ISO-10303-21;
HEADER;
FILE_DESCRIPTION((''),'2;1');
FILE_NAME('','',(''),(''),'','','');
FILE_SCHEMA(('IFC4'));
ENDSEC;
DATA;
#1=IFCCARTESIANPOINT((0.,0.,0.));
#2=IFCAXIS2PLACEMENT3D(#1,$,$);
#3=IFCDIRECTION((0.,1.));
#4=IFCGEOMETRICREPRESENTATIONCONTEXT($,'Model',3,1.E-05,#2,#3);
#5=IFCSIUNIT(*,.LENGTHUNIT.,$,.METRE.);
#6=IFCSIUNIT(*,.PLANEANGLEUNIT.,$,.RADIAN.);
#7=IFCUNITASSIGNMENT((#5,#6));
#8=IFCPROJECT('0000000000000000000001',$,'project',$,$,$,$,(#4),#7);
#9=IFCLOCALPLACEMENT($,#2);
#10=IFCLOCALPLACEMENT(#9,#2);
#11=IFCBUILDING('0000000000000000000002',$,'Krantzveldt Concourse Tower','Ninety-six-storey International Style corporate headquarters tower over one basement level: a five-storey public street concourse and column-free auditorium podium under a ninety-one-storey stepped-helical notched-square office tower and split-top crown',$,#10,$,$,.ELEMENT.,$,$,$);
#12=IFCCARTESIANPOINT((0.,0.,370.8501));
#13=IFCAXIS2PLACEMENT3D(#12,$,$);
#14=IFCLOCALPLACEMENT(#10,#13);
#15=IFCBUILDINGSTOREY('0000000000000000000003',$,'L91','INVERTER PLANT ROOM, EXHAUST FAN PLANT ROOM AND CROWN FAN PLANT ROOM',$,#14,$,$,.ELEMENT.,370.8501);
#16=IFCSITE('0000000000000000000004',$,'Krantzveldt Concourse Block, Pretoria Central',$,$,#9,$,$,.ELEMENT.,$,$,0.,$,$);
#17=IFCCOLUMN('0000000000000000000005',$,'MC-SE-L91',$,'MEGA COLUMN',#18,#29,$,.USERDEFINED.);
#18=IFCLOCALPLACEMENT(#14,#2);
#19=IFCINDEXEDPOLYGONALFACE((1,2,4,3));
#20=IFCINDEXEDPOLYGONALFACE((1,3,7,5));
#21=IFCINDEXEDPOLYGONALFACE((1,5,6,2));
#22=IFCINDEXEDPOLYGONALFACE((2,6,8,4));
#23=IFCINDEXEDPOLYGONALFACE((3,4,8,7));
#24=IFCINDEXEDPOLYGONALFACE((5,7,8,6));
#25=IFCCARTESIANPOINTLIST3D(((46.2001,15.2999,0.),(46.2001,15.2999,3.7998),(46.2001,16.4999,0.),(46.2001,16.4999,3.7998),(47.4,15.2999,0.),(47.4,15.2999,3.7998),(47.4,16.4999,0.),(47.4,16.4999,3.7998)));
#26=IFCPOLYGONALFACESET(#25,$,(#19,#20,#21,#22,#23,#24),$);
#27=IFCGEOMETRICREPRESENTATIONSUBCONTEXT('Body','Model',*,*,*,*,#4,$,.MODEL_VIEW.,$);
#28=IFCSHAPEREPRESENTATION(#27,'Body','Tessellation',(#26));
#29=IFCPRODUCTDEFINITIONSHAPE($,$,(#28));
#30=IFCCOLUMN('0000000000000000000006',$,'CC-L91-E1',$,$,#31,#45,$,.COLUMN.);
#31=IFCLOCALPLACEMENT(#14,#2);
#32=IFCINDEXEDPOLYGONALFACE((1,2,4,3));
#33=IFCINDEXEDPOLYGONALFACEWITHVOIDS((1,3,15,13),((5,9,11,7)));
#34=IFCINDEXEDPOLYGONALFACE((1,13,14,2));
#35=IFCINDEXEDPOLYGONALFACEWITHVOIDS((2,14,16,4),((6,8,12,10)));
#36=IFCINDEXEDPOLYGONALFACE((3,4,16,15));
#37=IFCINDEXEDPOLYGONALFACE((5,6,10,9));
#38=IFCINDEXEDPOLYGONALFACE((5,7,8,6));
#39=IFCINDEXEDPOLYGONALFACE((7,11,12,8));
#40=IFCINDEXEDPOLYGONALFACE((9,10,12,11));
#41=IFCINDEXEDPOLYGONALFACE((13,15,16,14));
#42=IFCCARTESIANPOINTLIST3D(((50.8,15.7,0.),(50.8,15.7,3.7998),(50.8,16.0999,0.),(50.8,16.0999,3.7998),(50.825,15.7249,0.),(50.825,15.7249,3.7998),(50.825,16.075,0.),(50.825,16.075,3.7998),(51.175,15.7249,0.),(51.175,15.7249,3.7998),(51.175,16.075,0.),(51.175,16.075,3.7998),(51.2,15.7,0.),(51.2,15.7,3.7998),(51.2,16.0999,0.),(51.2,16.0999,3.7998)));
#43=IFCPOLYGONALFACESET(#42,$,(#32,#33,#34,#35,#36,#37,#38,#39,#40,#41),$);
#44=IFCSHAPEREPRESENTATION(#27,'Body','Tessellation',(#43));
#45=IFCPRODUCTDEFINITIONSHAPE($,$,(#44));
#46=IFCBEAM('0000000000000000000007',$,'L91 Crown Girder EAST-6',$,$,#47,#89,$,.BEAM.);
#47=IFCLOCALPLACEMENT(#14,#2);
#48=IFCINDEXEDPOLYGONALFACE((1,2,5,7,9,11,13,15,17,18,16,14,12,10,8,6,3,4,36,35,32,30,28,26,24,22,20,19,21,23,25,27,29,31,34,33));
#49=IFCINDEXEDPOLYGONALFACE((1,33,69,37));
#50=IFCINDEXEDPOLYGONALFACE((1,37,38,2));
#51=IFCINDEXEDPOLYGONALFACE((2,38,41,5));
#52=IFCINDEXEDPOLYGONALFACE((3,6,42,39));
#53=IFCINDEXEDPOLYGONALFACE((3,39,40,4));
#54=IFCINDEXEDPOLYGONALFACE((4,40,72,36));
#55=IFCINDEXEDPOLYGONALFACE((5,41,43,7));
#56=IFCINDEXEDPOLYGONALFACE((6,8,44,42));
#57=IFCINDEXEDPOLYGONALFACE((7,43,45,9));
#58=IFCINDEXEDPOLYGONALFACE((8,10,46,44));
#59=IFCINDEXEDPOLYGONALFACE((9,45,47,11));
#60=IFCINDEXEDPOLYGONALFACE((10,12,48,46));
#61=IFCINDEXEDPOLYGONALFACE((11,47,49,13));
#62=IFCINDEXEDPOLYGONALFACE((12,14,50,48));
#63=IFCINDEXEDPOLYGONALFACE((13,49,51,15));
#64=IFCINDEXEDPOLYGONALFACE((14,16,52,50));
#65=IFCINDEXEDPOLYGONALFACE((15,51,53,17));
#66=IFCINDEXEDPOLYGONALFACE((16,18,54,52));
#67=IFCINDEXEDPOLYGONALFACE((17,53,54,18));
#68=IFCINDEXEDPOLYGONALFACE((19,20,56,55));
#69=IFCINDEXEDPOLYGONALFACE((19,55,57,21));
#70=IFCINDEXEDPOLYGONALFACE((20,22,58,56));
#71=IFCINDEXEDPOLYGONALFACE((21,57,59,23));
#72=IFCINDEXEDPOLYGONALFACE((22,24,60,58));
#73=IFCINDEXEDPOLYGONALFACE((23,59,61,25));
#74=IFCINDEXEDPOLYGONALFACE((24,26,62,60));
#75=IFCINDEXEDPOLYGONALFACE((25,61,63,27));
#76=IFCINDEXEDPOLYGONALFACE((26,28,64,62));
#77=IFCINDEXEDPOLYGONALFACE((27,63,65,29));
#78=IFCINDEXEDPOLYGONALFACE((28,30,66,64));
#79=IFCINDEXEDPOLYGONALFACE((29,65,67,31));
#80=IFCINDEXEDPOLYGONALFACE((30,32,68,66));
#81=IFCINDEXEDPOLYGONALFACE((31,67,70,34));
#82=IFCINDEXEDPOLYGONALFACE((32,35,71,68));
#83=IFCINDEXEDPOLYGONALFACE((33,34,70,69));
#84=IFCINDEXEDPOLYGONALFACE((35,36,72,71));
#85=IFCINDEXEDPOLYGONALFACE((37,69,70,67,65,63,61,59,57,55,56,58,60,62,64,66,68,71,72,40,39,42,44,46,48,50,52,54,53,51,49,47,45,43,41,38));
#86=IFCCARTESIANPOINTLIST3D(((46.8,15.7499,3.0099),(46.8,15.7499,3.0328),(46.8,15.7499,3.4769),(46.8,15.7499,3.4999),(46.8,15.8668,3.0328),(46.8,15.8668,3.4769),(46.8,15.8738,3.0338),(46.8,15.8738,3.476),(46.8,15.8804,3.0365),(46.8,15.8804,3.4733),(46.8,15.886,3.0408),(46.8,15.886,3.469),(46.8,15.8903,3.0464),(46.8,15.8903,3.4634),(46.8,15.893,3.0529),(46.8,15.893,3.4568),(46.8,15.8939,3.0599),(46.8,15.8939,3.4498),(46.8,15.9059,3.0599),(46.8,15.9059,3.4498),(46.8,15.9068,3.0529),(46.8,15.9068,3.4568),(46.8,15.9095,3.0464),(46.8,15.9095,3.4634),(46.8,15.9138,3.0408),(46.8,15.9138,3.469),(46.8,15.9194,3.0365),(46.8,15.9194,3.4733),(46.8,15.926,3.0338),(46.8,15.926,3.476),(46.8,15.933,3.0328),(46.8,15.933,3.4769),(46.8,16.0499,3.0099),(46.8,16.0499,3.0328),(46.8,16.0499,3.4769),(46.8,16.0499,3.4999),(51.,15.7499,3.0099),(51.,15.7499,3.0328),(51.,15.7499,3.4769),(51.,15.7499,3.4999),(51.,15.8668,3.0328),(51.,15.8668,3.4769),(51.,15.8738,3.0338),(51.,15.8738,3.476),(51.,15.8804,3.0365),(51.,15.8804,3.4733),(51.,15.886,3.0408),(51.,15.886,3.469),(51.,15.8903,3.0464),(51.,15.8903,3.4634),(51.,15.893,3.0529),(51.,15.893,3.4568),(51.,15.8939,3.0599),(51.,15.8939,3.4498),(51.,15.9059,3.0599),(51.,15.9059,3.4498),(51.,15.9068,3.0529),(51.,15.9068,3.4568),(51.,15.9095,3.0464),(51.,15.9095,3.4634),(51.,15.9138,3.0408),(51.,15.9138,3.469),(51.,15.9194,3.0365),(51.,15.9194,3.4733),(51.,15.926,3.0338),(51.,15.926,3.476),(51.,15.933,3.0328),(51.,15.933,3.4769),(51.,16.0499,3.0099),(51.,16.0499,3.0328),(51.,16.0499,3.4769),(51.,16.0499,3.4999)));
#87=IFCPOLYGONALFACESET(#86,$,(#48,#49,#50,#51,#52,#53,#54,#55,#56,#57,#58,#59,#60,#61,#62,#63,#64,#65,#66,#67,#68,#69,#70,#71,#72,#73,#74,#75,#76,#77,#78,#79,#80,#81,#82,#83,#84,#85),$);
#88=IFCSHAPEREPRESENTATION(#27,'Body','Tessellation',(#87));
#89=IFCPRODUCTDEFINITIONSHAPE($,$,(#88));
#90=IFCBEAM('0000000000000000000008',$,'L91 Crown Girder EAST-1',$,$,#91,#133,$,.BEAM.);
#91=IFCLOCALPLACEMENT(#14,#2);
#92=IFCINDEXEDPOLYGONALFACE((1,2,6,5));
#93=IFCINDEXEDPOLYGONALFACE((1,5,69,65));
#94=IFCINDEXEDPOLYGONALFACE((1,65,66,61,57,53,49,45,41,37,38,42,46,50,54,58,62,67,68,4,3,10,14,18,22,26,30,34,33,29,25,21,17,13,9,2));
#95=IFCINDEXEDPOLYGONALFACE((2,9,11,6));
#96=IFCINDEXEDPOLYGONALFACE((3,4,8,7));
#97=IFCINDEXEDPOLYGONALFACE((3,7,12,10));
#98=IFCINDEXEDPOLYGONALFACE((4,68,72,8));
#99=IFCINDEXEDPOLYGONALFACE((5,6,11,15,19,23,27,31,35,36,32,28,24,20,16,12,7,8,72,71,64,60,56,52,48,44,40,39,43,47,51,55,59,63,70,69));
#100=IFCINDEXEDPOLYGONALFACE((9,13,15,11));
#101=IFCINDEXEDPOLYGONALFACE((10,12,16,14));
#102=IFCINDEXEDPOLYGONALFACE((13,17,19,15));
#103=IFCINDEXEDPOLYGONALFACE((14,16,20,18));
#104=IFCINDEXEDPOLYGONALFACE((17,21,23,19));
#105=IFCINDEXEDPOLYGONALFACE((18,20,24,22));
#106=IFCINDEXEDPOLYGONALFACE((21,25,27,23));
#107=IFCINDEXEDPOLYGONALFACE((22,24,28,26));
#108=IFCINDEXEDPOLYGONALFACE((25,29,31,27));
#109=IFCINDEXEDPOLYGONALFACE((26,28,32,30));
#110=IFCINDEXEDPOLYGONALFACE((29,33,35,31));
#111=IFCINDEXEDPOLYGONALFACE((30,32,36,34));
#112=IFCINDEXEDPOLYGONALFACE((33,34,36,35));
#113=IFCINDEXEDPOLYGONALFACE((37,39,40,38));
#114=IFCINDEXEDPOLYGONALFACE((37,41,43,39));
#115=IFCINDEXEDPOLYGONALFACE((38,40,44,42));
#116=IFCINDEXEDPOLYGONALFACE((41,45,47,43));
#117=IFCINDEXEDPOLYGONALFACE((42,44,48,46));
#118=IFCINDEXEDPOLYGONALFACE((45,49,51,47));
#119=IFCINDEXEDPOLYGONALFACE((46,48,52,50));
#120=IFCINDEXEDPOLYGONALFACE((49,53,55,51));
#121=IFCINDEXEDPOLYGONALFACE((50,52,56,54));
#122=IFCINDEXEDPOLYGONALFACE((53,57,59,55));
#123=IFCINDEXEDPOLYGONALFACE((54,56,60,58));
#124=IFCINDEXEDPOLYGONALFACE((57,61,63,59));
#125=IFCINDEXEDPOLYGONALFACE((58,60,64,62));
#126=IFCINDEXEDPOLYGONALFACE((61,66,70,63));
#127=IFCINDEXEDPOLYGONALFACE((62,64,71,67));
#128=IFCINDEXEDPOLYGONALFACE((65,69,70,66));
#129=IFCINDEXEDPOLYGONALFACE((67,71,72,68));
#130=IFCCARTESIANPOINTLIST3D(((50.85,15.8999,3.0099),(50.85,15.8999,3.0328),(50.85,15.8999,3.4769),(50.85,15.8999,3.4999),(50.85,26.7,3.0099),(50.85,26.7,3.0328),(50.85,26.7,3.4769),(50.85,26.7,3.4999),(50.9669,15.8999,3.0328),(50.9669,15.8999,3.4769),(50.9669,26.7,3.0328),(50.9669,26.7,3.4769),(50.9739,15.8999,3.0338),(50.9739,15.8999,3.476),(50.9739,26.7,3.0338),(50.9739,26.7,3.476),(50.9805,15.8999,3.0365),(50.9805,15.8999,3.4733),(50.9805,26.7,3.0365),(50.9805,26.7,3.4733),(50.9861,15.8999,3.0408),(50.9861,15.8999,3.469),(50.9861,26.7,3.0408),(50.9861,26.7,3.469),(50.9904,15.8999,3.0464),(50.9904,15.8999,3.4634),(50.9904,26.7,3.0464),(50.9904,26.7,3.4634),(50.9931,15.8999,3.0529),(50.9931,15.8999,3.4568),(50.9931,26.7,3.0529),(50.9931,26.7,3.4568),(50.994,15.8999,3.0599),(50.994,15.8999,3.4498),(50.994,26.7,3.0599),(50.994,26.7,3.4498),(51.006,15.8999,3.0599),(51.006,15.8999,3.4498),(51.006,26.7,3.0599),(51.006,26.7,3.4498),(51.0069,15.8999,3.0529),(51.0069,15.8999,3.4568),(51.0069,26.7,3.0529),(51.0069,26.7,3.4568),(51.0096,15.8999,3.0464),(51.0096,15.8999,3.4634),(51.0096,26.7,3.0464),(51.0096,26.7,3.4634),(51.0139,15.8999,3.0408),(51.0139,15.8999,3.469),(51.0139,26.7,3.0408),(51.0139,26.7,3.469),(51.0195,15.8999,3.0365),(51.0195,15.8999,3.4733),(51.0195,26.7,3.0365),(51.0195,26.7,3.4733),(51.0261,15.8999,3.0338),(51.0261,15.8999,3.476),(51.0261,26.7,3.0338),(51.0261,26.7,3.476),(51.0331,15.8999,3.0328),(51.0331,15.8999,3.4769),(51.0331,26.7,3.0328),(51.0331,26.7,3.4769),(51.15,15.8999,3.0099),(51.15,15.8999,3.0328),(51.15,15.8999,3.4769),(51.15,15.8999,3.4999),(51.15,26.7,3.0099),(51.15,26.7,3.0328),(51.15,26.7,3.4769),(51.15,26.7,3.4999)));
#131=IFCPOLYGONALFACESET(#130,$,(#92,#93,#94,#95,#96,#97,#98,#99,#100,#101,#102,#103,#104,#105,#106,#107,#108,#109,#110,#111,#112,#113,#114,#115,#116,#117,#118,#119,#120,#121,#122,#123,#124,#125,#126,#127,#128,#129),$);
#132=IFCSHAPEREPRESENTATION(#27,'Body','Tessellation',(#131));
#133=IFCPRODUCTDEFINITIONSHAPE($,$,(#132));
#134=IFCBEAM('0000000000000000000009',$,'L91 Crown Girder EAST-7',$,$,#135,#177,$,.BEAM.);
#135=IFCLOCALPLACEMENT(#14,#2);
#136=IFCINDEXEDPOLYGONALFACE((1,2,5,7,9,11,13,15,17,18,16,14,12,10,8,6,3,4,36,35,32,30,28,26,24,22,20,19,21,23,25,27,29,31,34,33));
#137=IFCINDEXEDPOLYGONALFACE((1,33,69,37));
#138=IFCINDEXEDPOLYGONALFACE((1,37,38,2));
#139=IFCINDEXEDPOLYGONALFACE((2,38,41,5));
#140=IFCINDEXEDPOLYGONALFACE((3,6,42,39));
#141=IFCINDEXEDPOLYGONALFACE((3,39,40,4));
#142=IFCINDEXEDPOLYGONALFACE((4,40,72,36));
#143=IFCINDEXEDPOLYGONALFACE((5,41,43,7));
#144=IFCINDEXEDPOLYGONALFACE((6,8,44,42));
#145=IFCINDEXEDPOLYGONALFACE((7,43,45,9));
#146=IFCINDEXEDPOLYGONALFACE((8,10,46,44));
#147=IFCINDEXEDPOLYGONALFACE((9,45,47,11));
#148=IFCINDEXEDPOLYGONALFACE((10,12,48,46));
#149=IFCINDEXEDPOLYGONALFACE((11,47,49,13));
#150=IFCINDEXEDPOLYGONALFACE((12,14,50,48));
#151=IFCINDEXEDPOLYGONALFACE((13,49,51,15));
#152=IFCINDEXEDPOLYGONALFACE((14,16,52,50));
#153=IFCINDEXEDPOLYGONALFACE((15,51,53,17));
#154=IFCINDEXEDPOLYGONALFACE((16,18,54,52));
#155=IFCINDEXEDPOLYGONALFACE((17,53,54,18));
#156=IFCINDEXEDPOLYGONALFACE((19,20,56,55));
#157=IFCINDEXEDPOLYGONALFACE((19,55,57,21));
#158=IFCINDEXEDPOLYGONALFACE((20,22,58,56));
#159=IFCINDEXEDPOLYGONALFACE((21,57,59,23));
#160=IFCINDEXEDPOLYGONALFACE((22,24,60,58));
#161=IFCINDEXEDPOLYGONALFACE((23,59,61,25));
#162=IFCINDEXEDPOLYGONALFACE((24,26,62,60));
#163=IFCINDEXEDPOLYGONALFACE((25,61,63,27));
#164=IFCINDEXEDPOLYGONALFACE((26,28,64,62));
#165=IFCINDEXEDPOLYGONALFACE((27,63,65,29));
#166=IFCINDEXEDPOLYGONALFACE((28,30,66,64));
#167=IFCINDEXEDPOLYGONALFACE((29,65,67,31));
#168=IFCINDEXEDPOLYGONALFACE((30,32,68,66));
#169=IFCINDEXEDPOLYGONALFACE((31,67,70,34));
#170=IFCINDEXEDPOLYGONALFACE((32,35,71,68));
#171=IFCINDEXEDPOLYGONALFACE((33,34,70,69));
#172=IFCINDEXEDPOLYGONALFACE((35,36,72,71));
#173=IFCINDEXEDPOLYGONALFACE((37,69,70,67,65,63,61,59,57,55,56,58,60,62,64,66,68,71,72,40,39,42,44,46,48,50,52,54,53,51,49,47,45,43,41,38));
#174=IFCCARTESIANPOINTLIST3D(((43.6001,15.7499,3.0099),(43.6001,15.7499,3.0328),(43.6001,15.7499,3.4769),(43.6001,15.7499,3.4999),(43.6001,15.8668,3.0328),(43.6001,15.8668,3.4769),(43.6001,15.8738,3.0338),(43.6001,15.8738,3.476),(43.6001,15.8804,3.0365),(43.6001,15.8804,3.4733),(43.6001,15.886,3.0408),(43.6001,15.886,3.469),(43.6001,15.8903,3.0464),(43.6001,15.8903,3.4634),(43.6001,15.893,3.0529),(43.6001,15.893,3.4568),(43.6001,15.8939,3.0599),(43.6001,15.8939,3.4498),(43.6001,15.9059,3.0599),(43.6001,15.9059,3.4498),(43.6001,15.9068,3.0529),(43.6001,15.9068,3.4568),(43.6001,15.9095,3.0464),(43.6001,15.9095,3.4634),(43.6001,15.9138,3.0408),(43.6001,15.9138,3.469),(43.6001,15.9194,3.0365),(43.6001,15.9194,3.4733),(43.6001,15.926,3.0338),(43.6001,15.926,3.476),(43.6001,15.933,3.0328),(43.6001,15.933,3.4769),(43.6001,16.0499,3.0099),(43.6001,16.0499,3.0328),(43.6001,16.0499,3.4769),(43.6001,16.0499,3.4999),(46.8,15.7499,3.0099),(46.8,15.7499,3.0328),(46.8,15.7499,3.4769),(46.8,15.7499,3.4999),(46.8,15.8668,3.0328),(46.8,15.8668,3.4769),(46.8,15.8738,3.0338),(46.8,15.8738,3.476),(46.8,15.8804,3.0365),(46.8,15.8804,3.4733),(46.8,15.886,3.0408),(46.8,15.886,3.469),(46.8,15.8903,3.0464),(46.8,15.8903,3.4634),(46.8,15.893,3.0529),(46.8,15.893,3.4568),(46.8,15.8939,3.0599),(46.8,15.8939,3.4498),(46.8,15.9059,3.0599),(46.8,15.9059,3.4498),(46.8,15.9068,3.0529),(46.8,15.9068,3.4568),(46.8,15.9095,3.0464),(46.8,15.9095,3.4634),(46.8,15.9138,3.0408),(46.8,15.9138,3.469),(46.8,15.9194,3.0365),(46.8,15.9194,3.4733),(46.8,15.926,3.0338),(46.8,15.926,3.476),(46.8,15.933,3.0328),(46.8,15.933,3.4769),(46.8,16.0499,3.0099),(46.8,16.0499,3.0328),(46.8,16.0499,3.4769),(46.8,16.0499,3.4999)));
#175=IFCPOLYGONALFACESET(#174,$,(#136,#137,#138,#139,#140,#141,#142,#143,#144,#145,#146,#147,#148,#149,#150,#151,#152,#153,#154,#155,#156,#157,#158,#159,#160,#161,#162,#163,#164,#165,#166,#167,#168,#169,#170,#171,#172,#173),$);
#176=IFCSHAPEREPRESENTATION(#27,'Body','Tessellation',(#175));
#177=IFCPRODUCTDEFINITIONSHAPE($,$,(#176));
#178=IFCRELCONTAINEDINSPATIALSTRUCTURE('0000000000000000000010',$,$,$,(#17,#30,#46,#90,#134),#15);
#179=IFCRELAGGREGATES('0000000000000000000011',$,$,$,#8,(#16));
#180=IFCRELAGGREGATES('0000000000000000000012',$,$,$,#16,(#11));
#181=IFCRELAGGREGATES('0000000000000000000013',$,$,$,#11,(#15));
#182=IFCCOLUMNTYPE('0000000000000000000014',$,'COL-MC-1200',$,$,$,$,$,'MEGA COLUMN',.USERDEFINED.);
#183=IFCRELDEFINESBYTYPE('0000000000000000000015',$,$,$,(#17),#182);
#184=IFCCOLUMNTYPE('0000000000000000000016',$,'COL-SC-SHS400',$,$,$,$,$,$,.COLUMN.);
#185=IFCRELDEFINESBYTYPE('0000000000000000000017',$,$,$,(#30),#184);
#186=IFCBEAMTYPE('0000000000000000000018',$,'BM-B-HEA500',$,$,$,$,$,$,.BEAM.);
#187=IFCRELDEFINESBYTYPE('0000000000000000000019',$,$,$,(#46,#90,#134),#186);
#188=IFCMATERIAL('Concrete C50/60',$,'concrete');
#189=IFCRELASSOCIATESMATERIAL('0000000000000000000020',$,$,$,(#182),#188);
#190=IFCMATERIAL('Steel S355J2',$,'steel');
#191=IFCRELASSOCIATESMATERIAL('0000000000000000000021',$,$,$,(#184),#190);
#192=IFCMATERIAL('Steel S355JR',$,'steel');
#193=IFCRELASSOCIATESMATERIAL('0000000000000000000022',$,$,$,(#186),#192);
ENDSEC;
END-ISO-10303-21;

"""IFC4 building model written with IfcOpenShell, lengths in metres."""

from ifc_helpers import new_model, si_unit, direction, frame, origin, origin_2d, place, context, subcontext, project, spatial, rectangle, hollow_rectangle, i_section, extrude, source, transform, mapped, material, material_profile, profile_set, type_object, type_shapes, element, save


model = new_model("IFC4")

# Units and contexts
model_context = context("Model", 3, precision=1e-05, world=origin(), true_north=direction((0.0, 1.0)))
body_context = subcontext(model_context, "Body", "Model", "MODEL_VIEW")
ifc_project = project(units=[si_unit("LENGTHUNIT", "METRE"), si_unit("PLANEANGLEUNIT", "RADIAN")], contexts=[model_context])

# Site, building, storey
site_placement = place(None, origin())
site = spatial("IfcSite", under=ifc_project, at=site_placement, Name="Krantzveldt Concourse Block, Pretoria Central", CompositionType="ELEMENT", RefElevation=0.0)
building_placement = place(site_placement, origin())
building = spatial("IfcBuilding", under=site, at=building_placement, Name="Krantzveldt Concourse Tower", Description="Ninety-six-storey International Style corporate headquarters tower over one basement level: a five-storey public street concourse and column-free auditorium podium under a ninety-one-storey stepped-helical notched-square office tower and split-top crown", CompositionType="ELEMENT")
storey_placement = place(building_placement, frame((0.0, 0.0, 370.8501)))
storey = spatial("IfcBuildingStorey", under=building, at=storey_placement, Name="L91", Description="INVERTER PLANT ROOM, EXHAUST FAN PLANT ROOM AND CROWN FAN PLANT ROOM", CompositionType="ELEMENT", Elevation=370.8501)

# Columns
ifc_material_1 = material(Name="Concrete C50/60", Category="concrete")
ifc_material_profile_1 = material_profile(ifc_material_1, rectangle(XDim=1.2, YDim=1.2, at=origin_2d()), Name="Concrete C50/60", Category="concrete")
ifc_profile_set_1 = profile_set([ifc_material_profile_1], Name="Concrete C50/60 - RC 1200x1200")
column_type_1 = type_object("IfcColumnType", Name="COL-MC-1200", ElementType="MEGA COLUMN", PredefinedType="USERDEFINED", material=ifc_profile_set_1)
shared_shape_1 = source(origin(), body_context, "Body", "SweptSolid", [
    extrude(rectangle(XDim=1.2, YDim=1.2, at=origin_2d()), origin(), (0.0, 0.0, 1.0), 3.7998),
])
type_shapes(column_type_1, [shared_shape_1])
column_1_placement = place(storey_placement, frame((46.8, 15.8999, 0.0), z_axis=(0.0, 0.0, 1.0), x_axis=(1.0, 0.0, 0.0)))
element("IfcColumn", 1, at=column_1_placement, inside=storey, type_object=column_type_1, Name="MC-SE-L91", ObjectType="MEGA COLUMN", PredefinedType="USERDEFINED", context=body_context, shape_type="MappedRepresentation", body=[
    mapped(shared_shape_1, transform((0.0, 0.0, 0.0), x_axis=(1.0, 0.0, 0.0), y_axis=(0.0, 1.0, 0.0), z_axis=(0.0, 0.0, 1.0), scale=1.0)),
])
ifc_material_2 = material(Name="Steel S355J2", Category="steel")
ifc_material_profile_2 = material_profile(ifc_material_2, hollow_rectangle(XDim=0.3999, YDim=0.3999, WallThickness=0.0249, at=origin_2d()), Name="Steel S355J2", Category="steel")
ifc_profile_set_2 = profile_set([ifc_material_profile_2], Name="Steel S355J2 - SHS 400x400x25")
column_type_2 = type_object("IfcColumnType", Name="COL-SC-SHS400", PredefinedType="COLUMN", material=ifc_profile_set_2)
shared_shape_2 = source(origin(), body_context, "Body", "SweptSolid", [
    extrude(hollow_rectangle(XDim=0.3999, YDim=0.3999, WallThickness=0.0249, at=origin_2d()), origin(), (0.0, 0.0, 1.0), 3.7998),
])
type_shapes(column_type_2, [shared_shape_2])
column_2_placement = place(storey_placement, frame((51.0, 15.8999, 0.0), z_axis=(0.0, 0.0, 1.0), x_axis=(1.0, 0.0, 0.0)))
element("IfcColumn", 2, at=column_2_placement, inside=storey, type_object=column_type_2, Name="CC-L91-E1", PredefinedType="COLUMN", context=body_context, shape_type="MappedRepresentation", body=[
    mapped(shared_shape_2, transform((0.0, 0.0, 0.0), x_axis=(1.0, 0.0, 0.0), y_axis=(0.0, 1.0, 0.0), z_axis=(0.0, 0.0, 1.0), scale=1.0)),
])

# Beams
ifc_material_3 = material(Name="Steel S355JR", Category="steel")
ifc_material_profile_3 = material_profile(ifc_material_3, i_section(OverallWidth=0.3, OverallDepth=0.49, WebThickness=0.012, FlangeThickness=0.0229, FilletRadius=0.0271, at=origin_2d()), Name="Steel S355JR", Category="steel")
ifc_profile_set_3 = profile_set([ifc_material_profile_3], Name="Steel S355JR - HEA 500")
beam_type = type_object("IfcBeamType", Name="BM-B-HEA500", PredefinedType="BEAM", material=ifc_profile_set_3)
shared_shape_3 = source(origin(), body_context, "Body", "SweptSolid", [
    extrude(i_section(OverallWidth=0.3, OverallDepth=0.49, WebThickness=0.012, FlangeThickness=0.0229, FilletRadius=0.0271, at=origin_2d()), origin(), (0.0, 0.0, 1.0), 4.2),
])
beam_1_placement = place(storey_placement, frame((51.0, 15.8999, 3.2549), z_axis=(-1.0, 0.0, 0.0), x_axis=(0.0, -1.0, 0.0)))
element("IfcBeam", 3, at=beam_1_placement, inside=storey, type_object=beam_type, Name="L91 Crown Girder EAST-6", PredefinedType="BEAM", context=body_context, shape_type="MappedRepresentation", body=[
    mapped(shared_shape_3, transform((0.0, 0.0, 0.0), x_axis=(1.0, 0.0, 0.0), y_axis=(0.0, 1.0, 0.0), z_axis=(0.0, 0.0, 1.0), scale=1.0)),
])
shared_shape_4 = source(origin(), body_context, "Body", "SweptSolid", [
    extrude(i_section(OverallWidth=0.3, OverallDepth=0.49, WebThickness=0.012, FlangeThickness=0.0229, FilletRadius=0.0271, at=origin_2d()), origin(), (0.0, 0.0, 1.0), 10.8),
])
beam_2_placement = place(storey_placement, frame((51.0, 15.8999, 3.2549), z_axis=(0.0, 1.0, 0.0), x_axis=(-1.0, 0.0, 0.0)))
element("IfcBeam", 4, at=beam_2_placement, inside=storey, type_object=beam_type, Name="L91 Crown Girder EAST-1", PredefinedType="BEAM", context=body_context, shape_type="MappedRepresentation", body=[
    mapped(shared_shape_4, transform((0.0, 0.0, 0.0), x_axis=(1.0, 0.0, 0.0), y_axis=(0.0, 1.0, 0.0), z_axis=(0.0, 0.0, 1.0), scale=1.0)),
])
shared_shape_5 = source(origin(), body_context, "Body", "SweptSolid", [
    extrude(i_section(OverallWidth=0.3, OverallDepth=0.49, WebThickness=0.012, FlangeThickness=0.0229, FilletRadius=0.0271, at=origin_2d()), origin(), (0.0, 0.0, 1.0), 3.2),
])
beam_3_placement = place(storey_placement, frame((46.8, 15.8999, 3.2549), z_axis=(-1.0, 0.0, 0.0), x_axis=(0.0, -1.0, 0.0)))
element("IfcBeam", 5, at=beam_3_placement, inside=storey, type_object=beam_type, Name="L91 Crown Girder EAST-7", PredefinedType="BEAM", context=body_context, shape_type="MappedRepresentation", body=[
    mapped(shared_shape_5, transform((0.0, 0.0, 0.0), x_axis=(1.0, 0.0, 0.0), y_axis=(0.0, 1.0, 0.0), z_axis=(0.0, 0.0, 1.0), scale=1.0)),
])

save(model, "model.ifc")
